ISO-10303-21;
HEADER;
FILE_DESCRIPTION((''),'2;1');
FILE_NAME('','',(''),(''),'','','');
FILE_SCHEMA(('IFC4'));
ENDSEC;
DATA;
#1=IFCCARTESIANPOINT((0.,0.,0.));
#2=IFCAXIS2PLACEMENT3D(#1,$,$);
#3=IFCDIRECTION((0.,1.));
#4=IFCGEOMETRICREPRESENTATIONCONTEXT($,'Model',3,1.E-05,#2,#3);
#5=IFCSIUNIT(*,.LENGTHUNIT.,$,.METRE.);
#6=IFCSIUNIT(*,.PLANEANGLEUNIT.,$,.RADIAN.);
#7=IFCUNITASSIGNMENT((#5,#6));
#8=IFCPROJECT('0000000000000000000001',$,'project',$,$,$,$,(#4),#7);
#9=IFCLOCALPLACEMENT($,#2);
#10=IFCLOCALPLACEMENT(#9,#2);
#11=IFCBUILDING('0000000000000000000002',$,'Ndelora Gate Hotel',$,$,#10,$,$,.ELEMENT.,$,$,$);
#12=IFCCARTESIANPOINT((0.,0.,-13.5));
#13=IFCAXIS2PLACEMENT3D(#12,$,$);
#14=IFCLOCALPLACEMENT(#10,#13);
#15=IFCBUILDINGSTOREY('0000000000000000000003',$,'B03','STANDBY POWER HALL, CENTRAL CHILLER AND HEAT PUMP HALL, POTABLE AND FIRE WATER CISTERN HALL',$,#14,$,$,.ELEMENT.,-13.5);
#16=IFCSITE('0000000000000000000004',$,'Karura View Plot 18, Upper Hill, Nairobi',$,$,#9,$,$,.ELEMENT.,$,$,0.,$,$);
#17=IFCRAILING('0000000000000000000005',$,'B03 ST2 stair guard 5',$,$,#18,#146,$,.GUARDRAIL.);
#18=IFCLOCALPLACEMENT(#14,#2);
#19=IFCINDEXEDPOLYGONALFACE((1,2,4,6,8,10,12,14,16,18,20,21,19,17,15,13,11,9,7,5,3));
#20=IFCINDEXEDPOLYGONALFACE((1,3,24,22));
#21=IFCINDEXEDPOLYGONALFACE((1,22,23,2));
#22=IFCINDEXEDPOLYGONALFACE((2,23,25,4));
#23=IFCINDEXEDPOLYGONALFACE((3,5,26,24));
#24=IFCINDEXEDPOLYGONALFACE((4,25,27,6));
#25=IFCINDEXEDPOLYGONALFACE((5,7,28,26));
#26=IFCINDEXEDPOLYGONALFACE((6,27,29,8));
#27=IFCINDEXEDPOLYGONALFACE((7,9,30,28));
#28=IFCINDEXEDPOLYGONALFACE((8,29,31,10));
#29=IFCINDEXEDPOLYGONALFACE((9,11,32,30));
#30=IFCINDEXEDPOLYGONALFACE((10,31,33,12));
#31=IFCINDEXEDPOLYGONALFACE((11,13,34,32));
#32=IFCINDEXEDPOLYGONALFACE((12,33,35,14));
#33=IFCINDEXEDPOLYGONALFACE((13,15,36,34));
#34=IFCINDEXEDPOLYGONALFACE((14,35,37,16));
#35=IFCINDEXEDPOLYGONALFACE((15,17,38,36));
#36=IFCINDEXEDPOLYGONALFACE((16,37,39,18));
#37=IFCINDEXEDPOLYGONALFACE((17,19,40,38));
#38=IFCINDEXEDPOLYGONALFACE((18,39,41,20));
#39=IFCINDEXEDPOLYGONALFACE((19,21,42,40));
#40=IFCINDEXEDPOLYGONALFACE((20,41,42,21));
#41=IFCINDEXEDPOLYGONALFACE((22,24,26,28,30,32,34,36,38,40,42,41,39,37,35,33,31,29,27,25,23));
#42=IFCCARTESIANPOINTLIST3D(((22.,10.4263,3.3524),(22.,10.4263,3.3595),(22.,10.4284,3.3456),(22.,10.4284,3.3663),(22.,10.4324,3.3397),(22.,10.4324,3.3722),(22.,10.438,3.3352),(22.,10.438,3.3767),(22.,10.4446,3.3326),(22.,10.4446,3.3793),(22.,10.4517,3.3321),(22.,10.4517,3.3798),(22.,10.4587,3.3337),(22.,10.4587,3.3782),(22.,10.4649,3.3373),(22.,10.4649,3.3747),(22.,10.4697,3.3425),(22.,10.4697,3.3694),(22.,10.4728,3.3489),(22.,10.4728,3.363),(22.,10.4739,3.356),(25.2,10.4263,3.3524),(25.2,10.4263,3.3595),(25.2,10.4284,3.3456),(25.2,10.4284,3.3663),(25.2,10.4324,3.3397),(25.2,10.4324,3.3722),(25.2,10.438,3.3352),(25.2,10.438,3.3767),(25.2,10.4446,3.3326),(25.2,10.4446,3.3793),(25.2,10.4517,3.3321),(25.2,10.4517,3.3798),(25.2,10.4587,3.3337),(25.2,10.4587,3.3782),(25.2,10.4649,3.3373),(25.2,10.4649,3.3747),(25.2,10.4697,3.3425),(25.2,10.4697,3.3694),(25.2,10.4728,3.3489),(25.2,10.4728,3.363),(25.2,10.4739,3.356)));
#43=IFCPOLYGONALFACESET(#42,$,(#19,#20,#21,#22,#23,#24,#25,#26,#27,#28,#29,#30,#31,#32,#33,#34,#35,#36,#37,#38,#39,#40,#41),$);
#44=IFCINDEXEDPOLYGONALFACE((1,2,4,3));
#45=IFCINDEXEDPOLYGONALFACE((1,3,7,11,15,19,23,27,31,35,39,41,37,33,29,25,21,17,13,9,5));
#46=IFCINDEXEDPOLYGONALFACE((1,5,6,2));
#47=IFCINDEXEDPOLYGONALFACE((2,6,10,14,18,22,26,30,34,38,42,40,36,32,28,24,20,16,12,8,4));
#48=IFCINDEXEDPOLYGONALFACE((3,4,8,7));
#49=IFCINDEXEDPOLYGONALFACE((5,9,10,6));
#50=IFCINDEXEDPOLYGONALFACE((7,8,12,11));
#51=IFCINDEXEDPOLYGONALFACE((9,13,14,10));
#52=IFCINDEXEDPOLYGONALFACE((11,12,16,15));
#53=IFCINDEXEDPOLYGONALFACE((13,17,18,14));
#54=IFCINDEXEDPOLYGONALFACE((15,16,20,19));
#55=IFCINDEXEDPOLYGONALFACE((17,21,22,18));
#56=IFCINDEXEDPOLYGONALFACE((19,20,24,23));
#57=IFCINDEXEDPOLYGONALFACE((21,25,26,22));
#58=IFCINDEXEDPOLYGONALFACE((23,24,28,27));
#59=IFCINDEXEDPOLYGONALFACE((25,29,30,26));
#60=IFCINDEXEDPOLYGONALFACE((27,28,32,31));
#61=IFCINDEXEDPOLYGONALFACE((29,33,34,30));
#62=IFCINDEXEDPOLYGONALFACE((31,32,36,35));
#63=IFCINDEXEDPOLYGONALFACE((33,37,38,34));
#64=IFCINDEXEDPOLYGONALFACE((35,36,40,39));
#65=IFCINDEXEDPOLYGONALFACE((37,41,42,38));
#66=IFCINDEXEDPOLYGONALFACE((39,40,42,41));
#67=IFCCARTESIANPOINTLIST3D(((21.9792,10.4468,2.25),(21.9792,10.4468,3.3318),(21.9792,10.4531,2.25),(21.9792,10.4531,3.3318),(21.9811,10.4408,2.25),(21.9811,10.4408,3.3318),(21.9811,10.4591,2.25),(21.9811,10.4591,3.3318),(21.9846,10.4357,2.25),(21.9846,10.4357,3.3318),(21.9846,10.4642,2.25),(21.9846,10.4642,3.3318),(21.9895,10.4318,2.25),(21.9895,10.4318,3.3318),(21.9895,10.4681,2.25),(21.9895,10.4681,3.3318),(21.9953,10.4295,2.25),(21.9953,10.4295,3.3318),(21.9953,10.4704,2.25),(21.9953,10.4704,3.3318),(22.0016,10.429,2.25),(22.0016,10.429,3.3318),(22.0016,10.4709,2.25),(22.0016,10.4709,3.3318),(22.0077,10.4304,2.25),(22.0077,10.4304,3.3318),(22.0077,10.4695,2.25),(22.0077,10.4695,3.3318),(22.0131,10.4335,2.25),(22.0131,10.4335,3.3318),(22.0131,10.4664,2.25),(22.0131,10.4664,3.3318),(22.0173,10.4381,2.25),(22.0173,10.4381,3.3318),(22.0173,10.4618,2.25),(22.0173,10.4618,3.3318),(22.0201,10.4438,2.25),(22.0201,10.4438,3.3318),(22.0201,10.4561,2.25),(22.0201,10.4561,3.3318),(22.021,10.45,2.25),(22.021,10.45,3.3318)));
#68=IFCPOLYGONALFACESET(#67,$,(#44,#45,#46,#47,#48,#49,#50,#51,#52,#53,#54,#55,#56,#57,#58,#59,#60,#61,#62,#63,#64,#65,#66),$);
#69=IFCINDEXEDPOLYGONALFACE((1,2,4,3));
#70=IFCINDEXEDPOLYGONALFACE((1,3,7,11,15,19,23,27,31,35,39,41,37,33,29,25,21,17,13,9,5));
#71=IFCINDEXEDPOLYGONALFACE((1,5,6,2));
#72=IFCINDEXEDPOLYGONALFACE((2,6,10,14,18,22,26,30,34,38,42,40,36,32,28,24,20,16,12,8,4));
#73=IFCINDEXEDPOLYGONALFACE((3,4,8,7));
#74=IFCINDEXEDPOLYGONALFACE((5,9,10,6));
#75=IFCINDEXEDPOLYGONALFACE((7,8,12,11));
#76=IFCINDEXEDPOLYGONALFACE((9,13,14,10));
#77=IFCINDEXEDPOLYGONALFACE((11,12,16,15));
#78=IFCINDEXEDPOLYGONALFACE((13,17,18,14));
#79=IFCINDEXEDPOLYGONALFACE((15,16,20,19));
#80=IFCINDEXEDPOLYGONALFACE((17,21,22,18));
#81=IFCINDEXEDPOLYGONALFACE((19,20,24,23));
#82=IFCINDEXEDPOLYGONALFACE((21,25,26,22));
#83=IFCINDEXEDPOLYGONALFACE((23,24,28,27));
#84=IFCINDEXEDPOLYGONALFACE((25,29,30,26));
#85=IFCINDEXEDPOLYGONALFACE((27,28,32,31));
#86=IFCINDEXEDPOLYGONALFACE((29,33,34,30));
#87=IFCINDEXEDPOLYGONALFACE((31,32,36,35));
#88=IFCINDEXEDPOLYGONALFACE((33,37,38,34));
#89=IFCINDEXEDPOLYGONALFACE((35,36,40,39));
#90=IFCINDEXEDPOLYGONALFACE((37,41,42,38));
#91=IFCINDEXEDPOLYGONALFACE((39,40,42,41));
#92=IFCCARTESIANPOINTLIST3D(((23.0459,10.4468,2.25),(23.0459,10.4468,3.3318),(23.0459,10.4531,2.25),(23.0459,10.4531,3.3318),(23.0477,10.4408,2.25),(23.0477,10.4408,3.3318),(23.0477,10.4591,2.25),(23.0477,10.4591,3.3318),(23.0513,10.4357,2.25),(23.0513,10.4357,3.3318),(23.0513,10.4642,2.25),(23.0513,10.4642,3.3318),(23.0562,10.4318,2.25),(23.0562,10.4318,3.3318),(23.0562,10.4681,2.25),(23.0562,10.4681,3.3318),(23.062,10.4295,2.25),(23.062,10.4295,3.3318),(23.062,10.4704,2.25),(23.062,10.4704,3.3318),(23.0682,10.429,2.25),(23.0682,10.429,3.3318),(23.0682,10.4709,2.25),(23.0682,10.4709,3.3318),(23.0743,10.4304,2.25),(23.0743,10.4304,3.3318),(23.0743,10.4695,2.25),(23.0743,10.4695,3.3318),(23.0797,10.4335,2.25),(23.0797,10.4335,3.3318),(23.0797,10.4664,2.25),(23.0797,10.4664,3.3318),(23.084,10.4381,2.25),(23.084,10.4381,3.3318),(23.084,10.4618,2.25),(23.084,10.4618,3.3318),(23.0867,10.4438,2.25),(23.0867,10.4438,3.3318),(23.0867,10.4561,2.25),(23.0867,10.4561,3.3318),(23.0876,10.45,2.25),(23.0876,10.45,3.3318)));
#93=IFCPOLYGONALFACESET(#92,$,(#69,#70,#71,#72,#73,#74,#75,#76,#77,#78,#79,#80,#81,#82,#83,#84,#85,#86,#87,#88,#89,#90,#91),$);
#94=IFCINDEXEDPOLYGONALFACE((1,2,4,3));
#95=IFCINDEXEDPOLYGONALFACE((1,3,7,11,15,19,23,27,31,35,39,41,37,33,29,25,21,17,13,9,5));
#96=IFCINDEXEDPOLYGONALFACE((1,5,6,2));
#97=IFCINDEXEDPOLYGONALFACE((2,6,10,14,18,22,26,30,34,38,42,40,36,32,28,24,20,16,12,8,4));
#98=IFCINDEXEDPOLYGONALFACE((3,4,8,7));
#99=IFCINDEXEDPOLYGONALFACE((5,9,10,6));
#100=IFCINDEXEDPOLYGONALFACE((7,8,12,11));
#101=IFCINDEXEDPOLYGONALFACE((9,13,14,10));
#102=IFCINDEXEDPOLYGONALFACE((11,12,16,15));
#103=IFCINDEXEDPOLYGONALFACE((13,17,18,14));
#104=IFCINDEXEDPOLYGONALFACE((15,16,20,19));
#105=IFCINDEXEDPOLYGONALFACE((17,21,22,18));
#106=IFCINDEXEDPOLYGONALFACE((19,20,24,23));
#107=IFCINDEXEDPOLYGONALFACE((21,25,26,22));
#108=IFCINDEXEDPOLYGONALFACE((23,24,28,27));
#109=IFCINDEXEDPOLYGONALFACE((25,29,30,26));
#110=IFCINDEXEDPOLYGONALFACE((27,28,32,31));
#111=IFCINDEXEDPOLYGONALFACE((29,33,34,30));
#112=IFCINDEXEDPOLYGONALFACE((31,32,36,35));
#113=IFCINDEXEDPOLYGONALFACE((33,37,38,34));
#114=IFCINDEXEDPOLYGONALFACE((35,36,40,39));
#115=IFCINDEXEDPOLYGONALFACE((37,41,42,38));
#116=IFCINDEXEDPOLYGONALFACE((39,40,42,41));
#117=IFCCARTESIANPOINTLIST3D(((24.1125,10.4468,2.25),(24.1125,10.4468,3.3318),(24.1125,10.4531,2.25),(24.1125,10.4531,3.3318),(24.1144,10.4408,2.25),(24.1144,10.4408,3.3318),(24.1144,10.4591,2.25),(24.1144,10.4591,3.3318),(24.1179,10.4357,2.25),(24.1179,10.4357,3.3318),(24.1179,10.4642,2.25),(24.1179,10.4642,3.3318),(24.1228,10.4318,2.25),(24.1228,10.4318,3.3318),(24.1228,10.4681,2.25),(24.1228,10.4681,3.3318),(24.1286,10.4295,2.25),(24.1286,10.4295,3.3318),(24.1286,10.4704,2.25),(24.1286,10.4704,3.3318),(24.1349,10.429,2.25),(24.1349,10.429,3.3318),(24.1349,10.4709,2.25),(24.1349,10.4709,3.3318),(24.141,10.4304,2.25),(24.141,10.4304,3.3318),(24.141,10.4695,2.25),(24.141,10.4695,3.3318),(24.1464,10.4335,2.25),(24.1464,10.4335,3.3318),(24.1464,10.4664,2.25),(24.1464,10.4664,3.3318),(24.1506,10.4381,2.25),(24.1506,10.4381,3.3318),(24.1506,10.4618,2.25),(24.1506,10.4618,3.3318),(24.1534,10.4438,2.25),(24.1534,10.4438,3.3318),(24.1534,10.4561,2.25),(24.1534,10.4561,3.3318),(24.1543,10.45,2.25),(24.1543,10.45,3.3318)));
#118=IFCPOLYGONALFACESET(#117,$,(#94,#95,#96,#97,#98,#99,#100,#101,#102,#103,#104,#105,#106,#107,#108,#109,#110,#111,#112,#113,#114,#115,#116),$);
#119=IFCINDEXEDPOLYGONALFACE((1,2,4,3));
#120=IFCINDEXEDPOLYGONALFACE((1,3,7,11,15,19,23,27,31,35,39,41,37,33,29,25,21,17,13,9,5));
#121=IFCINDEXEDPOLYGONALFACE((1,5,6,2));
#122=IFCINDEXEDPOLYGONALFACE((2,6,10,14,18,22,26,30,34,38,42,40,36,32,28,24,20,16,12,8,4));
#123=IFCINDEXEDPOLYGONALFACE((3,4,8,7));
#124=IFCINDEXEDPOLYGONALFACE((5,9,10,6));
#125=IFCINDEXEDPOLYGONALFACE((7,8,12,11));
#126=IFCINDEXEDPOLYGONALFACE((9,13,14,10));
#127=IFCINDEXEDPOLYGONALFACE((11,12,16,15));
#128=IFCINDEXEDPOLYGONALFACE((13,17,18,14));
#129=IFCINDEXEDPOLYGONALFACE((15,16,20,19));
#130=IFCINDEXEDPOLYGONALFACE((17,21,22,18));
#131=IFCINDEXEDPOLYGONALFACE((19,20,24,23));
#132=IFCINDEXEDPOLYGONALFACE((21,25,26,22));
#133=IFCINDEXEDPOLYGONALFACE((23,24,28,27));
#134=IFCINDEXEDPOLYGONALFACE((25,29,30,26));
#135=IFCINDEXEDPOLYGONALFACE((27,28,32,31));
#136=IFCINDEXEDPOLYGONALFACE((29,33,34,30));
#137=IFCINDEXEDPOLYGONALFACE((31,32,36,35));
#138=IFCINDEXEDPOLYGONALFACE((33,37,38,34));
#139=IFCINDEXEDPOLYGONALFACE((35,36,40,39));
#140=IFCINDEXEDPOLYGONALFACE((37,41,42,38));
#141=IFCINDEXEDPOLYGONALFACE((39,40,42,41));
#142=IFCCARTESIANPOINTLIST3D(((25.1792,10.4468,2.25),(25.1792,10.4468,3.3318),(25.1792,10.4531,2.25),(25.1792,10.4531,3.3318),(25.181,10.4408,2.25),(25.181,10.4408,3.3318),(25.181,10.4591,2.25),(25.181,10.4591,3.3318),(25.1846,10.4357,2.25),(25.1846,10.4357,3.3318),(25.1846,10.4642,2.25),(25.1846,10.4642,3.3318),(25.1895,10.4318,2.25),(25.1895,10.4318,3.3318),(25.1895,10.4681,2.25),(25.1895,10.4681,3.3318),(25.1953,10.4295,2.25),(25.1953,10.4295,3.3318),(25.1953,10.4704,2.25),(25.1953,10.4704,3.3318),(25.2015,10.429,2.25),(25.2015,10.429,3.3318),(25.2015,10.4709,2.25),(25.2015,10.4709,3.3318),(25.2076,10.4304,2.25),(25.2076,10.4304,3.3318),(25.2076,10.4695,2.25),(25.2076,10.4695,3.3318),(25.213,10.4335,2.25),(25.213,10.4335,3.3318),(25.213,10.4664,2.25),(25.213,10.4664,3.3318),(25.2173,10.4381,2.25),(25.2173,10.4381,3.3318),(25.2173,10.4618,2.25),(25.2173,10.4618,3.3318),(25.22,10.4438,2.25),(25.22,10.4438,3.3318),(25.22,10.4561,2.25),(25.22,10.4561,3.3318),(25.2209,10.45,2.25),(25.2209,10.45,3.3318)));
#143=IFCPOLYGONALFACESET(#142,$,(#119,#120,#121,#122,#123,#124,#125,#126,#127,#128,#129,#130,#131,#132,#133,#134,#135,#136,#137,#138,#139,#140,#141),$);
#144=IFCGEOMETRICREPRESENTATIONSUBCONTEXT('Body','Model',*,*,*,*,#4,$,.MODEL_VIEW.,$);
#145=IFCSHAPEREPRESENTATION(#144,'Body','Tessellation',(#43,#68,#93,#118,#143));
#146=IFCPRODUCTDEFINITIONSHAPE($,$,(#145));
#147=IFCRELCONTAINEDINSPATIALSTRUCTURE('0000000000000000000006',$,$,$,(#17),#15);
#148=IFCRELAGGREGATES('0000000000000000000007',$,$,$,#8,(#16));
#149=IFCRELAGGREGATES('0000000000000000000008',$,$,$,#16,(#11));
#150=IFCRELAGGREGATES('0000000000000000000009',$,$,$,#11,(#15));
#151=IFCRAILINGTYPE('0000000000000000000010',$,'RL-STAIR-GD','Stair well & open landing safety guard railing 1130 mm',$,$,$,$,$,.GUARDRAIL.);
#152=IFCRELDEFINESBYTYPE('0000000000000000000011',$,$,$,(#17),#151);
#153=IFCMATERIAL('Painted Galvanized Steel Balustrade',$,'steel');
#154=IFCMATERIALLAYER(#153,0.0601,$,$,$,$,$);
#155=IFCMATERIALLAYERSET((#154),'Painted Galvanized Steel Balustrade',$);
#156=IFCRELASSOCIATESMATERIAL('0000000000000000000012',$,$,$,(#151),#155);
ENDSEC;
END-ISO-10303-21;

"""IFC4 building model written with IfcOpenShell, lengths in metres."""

from ifc_helpers import new_model, si_unit, direction, frame, origin, origin_2d, place, context, subcontext, project, spatial, circle, extrude, material, layer, layer_set, type_object, element, save


model = new_model("IFC4")

# Units and contexts
model_context = context("Model", 3, precision=1e-05, world=origin(), true_north=direction((0.0, 1.0)))
body_context = subcontext(model_context, "Body", "Model", "MODEL_VIEW")
ifc_project = project(units=[si_unit("LENGTHUNIT", "METRE"), si_unit("PLANEANGLEUNIT", "RADIAN")], contexts=[model_context])

# Site, building, storey
site_placement = place(None, origin())
site = spatial("IfcSite", under=ifc_project, at=site_placement, Name="Karura View Plot 18, Upper Hill, Nairobi", CompositionType="ELEMENT", RefElevation=0.0)
building_placement = place(site_placement, origin())
building = spatial("IfcBuilding", under=site, at=building_placement, Name="Ndelora Gate Hotel", CompositionType="ELEMENT")
storey_placement = place(building_placement, frame((0.0, 0.0, -13.5)))
storey = spatial("IfcBuildingStorey", under=building, at=storey_placement, Name="B03", Description="STANDBY POWER HALL, CENTRAL CHILLER AND HEAT PUMP HALL, POTABLE AND FIRE WATER CISTERN HALL", CompositionType="ELEMENT", Elevation=-13.5)

# Railing
ifc_material_1 = material(Name="Painted Galvanized Steel Balustrade", Category="steel")
ifc_layer_1 = layer(ifc_material_1, 0.0601)
ifc_layer_set_1 = layer_set([ifc_layer_1], Name="Painted Galvanized Steel Balustrade")
railing_type = type_object("IfcRailingType", Name="RL-STAIR-GD", Description="Stair well & open landing safety guard railing 1130 mm", PredefinedType="GUARDRAIL", material=ifc_layer_set_1)
railing_placement = place(storey_placement, frame((22.0, 10.45, 2.25)))
element("IfcRailing", 1, at=railing_placement, inside=storey, type_object=railing_type, Name="B03 ST2 stair guard 5", PredefinedType="GUARDRAIL", context=body_context, shape_type="SweptSolid", body=[
    extrude(circle(Radius=0.0239, at=origin_2d()), frame((0.0, 0.0, 1.106), z_axis=(1.0, 0.0, 0.0), x_axis=(0.0, 1.0, 0.0)), (0.0, 0.0, 1.0), 3.2),
    extrude(circle(Radius=0.021, at=origin_2d()), origin(), (0.0, 0.0, 1.0), 1.0818),
    extrude(circle(Radius=0.021, at=origin_2d()), frame((1.0667, 0.0, 0.0)), (0.0, 0.0, 1.0), 1.0818),
    extrude(circle(Radius=0.021, at=origin_2d()), frame((2.1333, 0.0, 0.0)), (0.0, 0.0, 1.0), 1.0818),
    extrude(circle(Radius=0.021, at=origin_2d()), frame((3.2, 0.0, 0.0)), (0.0, 0.0, 1.0), 1.0818),
])

save(model, "model.ifc")
